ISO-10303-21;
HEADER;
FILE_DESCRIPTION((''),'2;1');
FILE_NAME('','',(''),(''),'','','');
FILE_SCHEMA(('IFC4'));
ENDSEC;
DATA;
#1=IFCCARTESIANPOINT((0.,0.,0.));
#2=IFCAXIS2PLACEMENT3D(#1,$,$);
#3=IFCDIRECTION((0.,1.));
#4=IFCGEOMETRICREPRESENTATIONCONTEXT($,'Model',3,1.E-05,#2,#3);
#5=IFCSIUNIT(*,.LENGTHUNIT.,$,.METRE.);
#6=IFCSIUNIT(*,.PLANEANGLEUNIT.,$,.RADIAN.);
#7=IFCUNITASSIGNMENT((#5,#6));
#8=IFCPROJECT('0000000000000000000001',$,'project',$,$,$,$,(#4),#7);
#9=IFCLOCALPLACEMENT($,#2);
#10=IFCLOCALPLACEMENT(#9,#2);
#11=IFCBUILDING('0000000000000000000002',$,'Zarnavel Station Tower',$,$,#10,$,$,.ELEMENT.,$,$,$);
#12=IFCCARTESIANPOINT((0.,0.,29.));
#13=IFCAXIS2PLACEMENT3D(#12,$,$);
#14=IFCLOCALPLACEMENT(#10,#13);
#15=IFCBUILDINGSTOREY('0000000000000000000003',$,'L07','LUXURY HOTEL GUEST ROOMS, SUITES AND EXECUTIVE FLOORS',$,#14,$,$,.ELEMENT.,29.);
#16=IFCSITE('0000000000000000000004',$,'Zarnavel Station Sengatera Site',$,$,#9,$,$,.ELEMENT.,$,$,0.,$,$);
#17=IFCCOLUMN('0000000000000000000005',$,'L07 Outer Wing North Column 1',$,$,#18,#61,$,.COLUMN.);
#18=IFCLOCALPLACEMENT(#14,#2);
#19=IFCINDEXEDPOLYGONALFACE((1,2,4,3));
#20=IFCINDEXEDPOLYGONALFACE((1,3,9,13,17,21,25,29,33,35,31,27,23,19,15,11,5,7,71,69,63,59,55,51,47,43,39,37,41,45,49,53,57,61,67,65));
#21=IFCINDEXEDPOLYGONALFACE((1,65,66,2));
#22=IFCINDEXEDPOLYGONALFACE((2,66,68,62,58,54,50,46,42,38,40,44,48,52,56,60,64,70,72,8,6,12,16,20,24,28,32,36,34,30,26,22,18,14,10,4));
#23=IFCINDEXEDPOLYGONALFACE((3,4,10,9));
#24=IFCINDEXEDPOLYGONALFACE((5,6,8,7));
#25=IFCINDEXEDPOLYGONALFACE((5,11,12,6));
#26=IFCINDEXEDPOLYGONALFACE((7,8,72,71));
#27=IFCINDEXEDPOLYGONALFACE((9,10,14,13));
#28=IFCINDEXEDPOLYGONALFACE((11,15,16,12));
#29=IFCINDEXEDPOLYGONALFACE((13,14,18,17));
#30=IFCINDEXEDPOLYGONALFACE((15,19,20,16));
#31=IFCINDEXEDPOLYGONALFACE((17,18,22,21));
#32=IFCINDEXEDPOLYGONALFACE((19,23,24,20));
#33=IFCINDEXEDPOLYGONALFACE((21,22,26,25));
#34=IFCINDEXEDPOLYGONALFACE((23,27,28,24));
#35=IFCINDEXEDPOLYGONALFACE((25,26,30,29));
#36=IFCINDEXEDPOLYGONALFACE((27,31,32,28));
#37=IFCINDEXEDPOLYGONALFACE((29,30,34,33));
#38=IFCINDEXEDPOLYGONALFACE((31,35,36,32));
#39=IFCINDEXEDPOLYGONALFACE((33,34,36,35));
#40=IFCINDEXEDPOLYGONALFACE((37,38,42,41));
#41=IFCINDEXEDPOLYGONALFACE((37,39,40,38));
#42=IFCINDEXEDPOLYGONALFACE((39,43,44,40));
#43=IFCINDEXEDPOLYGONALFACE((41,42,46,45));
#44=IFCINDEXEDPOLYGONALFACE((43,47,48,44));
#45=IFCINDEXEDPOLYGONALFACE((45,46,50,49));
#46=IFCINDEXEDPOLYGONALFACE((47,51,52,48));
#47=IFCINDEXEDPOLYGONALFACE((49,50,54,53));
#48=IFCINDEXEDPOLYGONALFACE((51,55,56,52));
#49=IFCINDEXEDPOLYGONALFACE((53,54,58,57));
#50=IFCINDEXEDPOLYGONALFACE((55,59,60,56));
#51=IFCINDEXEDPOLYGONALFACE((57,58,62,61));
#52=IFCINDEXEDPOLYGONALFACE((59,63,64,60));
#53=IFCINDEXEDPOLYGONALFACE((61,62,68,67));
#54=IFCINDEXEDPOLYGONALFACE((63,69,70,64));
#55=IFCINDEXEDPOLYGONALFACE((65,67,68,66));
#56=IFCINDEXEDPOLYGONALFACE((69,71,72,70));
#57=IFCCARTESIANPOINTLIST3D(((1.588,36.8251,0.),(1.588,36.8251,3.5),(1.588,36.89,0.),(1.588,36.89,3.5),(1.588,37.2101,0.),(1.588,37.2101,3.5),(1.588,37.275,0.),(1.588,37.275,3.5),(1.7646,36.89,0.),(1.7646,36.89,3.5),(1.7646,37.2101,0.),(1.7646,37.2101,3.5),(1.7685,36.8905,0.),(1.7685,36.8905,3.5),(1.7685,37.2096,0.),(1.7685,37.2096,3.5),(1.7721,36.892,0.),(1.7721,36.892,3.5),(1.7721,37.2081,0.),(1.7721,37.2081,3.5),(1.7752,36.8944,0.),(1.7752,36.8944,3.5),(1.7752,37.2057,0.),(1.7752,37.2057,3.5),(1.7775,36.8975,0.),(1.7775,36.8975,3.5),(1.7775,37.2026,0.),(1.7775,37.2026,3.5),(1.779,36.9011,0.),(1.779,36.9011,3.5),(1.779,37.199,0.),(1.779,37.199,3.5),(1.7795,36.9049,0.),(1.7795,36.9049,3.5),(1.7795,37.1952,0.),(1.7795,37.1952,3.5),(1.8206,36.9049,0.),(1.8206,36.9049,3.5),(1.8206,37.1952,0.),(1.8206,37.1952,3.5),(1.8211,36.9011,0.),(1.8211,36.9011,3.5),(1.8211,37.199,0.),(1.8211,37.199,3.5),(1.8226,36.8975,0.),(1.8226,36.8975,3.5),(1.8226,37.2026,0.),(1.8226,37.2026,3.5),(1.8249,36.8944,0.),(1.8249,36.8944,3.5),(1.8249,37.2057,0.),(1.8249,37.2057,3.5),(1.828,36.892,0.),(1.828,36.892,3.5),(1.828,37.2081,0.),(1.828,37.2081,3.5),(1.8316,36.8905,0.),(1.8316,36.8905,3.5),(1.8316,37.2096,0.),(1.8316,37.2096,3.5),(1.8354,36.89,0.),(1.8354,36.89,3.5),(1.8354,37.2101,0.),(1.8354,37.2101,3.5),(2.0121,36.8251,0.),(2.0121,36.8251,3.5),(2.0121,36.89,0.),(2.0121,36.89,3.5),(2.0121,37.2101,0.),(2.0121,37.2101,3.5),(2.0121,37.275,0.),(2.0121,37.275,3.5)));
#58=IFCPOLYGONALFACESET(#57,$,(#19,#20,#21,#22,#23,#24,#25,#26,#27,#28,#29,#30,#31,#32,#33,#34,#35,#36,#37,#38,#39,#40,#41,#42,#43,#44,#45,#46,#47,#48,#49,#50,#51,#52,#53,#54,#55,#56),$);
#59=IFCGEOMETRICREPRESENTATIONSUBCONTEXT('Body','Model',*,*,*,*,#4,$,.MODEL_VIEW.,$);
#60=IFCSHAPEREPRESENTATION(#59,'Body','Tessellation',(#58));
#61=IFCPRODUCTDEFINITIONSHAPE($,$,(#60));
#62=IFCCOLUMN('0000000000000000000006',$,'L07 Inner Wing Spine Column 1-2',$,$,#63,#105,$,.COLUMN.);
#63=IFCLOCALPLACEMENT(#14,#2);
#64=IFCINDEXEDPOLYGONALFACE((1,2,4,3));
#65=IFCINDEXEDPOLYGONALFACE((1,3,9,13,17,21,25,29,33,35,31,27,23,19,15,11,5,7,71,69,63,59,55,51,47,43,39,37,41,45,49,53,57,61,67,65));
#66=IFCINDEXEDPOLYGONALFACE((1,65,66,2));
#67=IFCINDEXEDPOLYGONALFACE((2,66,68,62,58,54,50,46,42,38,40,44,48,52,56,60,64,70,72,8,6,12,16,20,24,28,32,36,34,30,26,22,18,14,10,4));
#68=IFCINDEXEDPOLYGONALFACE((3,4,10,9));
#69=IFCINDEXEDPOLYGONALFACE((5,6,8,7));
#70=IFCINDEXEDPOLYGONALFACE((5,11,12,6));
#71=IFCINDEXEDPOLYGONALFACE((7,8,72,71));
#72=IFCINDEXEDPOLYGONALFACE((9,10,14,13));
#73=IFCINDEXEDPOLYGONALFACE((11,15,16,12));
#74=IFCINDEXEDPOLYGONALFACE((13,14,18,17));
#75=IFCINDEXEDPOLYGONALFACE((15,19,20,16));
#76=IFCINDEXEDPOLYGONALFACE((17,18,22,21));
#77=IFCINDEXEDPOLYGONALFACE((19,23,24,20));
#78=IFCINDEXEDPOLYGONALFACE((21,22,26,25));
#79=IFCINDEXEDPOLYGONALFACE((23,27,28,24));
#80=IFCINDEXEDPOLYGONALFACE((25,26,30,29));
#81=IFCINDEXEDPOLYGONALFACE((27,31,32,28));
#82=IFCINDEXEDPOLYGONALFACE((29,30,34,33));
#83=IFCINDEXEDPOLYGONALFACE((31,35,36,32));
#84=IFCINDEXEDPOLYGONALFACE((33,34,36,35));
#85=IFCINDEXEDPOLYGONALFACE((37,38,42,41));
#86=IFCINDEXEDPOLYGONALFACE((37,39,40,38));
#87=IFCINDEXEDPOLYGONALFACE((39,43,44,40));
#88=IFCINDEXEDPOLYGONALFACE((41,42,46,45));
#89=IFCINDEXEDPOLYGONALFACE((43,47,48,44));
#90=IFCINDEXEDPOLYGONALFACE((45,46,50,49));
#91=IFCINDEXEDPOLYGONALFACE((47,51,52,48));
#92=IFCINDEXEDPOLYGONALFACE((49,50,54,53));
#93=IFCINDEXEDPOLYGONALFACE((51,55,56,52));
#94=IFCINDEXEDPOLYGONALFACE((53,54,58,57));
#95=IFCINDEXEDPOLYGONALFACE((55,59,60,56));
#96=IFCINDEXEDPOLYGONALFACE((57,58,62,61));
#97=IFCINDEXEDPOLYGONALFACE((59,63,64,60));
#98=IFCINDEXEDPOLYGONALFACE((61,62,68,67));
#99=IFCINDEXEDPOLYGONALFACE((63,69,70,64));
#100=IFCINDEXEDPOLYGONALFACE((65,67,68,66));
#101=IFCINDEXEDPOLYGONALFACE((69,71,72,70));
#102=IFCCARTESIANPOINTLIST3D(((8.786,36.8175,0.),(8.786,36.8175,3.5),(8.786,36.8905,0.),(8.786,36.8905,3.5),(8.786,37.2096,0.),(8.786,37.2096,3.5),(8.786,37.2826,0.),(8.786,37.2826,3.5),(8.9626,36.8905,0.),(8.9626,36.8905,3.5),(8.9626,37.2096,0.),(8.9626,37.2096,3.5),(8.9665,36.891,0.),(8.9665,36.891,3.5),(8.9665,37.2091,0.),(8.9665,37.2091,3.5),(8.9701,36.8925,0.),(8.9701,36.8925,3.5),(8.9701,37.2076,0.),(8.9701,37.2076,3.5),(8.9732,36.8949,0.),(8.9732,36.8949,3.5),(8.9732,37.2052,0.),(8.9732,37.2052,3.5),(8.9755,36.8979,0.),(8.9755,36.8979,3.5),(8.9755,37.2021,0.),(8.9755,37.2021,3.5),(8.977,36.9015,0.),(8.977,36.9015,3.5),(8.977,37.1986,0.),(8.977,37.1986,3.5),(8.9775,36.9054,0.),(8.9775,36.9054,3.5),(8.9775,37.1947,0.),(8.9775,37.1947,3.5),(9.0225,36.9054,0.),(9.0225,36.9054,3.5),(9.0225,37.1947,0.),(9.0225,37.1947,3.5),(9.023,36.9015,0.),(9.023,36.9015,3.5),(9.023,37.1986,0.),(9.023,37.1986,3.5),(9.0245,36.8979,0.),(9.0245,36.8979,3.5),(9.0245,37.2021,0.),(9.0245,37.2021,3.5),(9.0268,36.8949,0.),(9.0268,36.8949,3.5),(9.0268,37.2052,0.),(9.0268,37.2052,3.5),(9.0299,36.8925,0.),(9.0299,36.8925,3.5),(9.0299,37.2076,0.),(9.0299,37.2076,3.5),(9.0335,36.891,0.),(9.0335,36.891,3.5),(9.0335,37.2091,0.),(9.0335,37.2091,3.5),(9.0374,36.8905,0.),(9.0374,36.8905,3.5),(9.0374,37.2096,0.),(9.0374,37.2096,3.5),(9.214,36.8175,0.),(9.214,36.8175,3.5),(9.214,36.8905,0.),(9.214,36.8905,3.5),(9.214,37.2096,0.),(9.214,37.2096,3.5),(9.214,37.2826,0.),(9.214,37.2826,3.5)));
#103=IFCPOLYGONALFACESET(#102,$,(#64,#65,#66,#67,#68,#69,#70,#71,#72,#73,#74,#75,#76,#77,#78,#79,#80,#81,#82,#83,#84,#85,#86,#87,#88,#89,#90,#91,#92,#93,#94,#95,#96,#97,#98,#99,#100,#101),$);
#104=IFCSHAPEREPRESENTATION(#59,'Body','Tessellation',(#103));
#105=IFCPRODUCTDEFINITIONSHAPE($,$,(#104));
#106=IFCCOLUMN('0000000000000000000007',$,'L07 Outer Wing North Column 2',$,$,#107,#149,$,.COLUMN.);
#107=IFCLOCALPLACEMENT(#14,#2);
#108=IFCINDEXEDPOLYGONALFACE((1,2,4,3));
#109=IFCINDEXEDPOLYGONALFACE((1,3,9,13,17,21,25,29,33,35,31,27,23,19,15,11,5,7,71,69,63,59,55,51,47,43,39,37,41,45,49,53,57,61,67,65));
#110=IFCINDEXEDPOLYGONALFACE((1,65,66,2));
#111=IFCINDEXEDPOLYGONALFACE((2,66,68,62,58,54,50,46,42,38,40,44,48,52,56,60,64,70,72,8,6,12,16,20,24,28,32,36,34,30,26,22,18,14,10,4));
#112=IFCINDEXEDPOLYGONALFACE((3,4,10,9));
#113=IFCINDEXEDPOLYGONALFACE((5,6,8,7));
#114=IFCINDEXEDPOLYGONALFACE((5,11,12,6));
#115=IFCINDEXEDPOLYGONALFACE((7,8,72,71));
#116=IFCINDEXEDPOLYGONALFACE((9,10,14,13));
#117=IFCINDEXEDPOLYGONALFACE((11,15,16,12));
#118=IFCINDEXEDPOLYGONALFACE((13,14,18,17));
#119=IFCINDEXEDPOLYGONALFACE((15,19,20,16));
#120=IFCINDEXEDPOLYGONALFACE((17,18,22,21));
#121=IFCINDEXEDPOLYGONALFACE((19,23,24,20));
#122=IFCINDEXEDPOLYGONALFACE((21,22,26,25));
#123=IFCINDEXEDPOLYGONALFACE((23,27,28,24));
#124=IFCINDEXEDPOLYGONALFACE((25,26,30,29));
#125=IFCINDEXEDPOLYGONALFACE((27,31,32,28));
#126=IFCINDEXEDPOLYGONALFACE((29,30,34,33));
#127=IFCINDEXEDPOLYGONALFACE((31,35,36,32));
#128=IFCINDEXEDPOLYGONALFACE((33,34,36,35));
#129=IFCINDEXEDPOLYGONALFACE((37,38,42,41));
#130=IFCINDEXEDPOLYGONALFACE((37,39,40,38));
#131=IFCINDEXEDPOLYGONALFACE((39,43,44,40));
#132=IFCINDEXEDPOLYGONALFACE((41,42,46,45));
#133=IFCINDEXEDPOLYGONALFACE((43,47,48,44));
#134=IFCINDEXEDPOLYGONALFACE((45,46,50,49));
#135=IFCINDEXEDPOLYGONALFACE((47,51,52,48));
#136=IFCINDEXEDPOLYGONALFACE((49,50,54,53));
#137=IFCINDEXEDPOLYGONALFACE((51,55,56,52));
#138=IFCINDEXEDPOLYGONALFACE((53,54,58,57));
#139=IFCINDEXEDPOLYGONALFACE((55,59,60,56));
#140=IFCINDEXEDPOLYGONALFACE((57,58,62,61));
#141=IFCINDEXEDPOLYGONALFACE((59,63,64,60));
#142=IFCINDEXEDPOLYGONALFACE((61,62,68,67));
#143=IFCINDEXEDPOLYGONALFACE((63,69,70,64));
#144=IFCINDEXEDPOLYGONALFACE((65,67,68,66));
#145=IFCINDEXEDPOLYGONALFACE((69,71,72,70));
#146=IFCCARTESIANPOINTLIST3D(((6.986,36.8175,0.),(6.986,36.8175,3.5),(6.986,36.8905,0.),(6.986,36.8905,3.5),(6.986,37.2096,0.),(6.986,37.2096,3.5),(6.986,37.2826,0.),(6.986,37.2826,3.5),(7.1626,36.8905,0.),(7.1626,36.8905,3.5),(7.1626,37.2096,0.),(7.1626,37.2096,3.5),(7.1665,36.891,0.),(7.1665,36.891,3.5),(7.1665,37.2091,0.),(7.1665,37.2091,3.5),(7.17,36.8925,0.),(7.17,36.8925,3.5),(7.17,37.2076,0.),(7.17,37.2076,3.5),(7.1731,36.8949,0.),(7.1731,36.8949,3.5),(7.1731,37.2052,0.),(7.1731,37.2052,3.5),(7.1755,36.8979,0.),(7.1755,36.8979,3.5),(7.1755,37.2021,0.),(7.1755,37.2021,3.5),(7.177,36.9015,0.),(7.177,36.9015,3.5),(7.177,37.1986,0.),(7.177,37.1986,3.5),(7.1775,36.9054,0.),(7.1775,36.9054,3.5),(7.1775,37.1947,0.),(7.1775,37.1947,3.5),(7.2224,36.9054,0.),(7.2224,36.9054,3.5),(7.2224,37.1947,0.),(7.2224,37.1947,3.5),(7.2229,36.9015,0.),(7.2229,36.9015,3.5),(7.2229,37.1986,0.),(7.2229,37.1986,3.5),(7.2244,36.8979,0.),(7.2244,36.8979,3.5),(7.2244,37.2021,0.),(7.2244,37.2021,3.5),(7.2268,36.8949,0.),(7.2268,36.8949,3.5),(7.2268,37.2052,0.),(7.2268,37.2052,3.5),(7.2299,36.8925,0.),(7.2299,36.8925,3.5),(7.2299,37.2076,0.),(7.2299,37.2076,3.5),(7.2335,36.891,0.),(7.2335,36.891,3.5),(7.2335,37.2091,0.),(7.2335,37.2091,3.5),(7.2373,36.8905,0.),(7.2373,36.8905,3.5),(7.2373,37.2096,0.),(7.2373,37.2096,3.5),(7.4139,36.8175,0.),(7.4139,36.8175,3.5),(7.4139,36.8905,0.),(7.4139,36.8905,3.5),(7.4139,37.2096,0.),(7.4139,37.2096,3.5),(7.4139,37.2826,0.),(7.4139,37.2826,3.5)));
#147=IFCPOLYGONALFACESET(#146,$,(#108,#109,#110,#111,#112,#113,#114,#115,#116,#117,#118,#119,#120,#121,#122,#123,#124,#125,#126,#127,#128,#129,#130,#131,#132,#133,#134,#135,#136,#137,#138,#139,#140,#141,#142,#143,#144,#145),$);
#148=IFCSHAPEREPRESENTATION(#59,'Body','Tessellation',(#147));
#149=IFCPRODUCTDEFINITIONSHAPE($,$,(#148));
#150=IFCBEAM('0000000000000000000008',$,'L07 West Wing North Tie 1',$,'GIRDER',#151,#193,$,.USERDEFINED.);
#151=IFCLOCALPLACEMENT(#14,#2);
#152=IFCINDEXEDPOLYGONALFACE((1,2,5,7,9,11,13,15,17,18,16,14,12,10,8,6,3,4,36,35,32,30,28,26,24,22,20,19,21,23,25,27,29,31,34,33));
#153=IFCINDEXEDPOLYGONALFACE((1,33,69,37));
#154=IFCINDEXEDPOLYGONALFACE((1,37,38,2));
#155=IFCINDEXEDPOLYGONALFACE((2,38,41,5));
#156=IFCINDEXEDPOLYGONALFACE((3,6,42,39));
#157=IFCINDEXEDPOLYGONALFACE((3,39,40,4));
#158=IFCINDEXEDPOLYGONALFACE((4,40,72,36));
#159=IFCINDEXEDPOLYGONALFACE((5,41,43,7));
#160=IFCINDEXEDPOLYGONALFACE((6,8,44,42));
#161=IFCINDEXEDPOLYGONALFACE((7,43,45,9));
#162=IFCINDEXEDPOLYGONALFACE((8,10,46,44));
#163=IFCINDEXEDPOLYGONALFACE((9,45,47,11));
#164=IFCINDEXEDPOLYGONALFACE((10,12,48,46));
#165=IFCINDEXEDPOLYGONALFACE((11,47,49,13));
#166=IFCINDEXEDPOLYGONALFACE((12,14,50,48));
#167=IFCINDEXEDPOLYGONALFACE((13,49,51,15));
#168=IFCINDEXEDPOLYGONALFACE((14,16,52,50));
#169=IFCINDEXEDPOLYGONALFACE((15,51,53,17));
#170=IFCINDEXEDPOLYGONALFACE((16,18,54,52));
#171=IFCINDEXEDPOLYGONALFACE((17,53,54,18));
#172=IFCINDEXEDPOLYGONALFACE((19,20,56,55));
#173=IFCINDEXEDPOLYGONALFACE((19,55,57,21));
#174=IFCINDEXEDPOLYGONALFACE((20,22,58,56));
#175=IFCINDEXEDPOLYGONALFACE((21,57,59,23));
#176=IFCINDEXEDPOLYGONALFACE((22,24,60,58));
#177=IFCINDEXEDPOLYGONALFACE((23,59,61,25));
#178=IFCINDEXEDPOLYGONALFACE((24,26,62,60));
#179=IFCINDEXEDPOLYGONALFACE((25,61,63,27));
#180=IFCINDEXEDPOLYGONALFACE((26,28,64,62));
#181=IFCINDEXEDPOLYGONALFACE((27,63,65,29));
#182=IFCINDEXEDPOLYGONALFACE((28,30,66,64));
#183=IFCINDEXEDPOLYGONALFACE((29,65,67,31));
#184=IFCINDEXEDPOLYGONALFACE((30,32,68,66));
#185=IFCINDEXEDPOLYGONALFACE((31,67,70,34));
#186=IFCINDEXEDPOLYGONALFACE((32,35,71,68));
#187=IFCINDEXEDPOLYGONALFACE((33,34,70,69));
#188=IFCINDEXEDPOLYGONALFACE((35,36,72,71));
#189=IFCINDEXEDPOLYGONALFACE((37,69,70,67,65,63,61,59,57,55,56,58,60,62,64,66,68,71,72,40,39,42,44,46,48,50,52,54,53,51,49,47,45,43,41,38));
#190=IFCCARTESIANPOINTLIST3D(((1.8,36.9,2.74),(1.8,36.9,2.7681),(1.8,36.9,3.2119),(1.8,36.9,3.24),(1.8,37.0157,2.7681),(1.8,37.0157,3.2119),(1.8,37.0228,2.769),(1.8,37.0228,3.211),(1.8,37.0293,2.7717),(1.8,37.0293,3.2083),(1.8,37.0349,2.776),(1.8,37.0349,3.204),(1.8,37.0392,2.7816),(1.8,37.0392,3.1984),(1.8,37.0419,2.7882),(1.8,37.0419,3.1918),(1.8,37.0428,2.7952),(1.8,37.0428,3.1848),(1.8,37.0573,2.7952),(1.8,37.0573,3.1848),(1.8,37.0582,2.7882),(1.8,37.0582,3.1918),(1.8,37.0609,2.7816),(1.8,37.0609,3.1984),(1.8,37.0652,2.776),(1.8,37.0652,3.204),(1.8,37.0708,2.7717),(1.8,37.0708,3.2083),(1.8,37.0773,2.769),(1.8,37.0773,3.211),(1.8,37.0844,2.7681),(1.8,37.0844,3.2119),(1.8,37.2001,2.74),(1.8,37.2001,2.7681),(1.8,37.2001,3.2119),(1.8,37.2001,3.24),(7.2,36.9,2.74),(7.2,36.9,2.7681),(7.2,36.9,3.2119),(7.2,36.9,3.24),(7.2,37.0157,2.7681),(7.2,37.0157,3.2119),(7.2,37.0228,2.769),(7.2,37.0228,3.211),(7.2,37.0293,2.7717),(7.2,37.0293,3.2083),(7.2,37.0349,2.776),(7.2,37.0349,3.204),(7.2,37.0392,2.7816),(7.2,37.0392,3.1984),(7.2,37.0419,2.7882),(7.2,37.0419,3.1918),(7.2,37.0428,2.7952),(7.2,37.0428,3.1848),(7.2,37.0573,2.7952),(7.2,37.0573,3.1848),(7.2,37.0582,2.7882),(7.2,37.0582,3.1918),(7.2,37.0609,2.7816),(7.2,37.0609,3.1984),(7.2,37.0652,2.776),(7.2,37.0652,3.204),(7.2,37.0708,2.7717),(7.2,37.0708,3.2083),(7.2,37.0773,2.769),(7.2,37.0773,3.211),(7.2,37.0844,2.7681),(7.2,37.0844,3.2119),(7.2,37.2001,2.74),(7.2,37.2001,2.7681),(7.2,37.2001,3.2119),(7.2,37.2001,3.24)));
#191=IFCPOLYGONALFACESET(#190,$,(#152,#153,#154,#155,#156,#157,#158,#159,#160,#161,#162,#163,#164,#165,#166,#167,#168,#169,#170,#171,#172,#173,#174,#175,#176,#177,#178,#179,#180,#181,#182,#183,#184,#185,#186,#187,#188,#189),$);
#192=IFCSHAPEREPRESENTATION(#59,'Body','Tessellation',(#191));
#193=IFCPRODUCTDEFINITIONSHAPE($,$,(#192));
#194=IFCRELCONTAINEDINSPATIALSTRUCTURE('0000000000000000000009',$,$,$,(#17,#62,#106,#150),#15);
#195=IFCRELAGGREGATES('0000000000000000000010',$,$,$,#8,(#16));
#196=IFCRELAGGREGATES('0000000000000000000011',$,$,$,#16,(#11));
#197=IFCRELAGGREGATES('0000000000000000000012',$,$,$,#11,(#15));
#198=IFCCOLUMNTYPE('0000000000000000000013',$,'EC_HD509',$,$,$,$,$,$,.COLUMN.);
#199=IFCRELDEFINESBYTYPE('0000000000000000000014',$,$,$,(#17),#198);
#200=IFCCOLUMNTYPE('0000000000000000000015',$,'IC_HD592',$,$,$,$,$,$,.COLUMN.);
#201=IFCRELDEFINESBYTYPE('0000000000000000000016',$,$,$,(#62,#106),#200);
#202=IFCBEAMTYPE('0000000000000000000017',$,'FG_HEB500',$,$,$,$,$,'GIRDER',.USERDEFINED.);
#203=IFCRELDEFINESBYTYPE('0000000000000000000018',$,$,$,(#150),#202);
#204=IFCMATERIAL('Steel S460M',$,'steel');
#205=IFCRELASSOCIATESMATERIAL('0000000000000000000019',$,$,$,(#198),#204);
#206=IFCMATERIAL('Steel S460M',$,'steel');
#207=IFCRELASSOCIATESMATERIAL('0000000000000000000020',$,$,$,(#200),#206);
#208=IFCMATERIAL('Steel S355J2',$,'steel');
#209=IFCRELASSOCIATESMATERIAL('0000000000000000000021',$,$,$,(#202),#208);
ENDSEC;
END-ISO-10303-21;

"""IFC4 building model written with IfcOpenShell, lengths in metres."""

from ifc_helpers import new_model, si_unit, direction, frame, origin, origin_2d, place, context, subcontext, project, spatial, i_section, extrude, material, material_profile, profile_set, type_object, element, save


model = new_model("IFC4")

# Units and contexts
model_context = context("Model", 3, precision=1e-05, world=origin(), true_north=direction((0.0, 1.0)))
body_context = subcontext(model_context, "Body", "Model", "MODEL_VIEW")
ifc_project = project(units=[si_unit("LENGTHUNIT", "METRE"), si_unit("PLANEANGLEUNIT", "RADIAN")], contexts=[model_context])

# Site, building, storey
site_placement = place(None, origin())
site = spatial("IfcSite", under=ifc_project, at=site_placement, Name="Zarnavel Station Sengatera Site", CompositionType="ELEMENT", RefElevation=0.0)
building_placement = place(site_placement, origin())
building = spatial("IfcBuilding", under=site, at=building_placement, Name="Zarnavel Station Tower", CompositionType="ELEMENT")
storey_placement = place(building_placement, frame((0.0, 0.0, 29.0)))
storey = spatial("IfcBuildingStorey", under=building, at=storey_placement, Name="L07", Description="LUXURY HOTEL GUEST ROOMS, SUITES AND EXECUTIVE FLOORS", CompositionType="ELEMENT", Elevation=29.0)

# Columns
ifc_material_1 = material(Name="Steel S460M", Category="steel")
ifc_material_profile_1 = material_profile(ifc_material_1, i_section(OverallWidth=0.4241, OverallDepth=0.45, WebThickness=0.041, FlangeThickness=0.0649, FilletRadius=0.0149, at=origin_2d()), Name="HD400x509")
ifc_profile_set_1 = profile_set([ifc_material_profile_1], Name="Steel S460M")
column_type_1 = type_object("IfcColumnType", Name="EC_HD509", PredefinedType="COLUMN", material=ifc_profile_set_1)
column_placement = place(storey_placement, frame((1.8, 37.05, 0.0), z_axis=(0.0, 0.0, 1.0), x_axis=(1.0, 0.0, 0.0)))
element("IfcColumn", 1, at=column_placement, inside=storey, type_object=column_type_1, Name="L07 Outer Wing North Column 1", PredefinedType="COLUMN", context=body_context, shape_type="SweptSolid", body=[
    extrude(i_section(OverallWidth=0.4241, OverallDepth=0.45, WebThickness=0.041, FlangeThickness=0.0649, FilletRadius=0.0149, at=origin_2d()), origin(), (0.0, 0.0, 1.0), 3.5),
])
ifc_material_2 = material(Name="Steel S460M", Category="steel")
ifc_material_profile_2 = material_profile(ifc_material_2, i_section(OverallWidth=0.428, OverallDepth=0.4651, WebThickness=0.0449, FlangeThickness=0.073, FilletRadius=0.0149, at=origin_2d()), Name="HD400x592")
ifc_profile_set_2 = profile_set([ifc_material_profile_2], Name="Steel S460M")
column_type_2 = type_object("IfcColumnType", Name="IC_HD592", PredefinedType="COLUMN", material=ifc_profile_set_2)
for number, where, z_axis, x_axis, name in (
    (2, (9.0, 37.05, 0.0), (0.0, 0.0, 1.0), (1.0, 0.0, 0.0), "L07 Inner Wing Spine Column 1-2"),
    (3, (7.2, 37.05, 0.0), (0.0, 0.0, 1.0), (1.0, 0.0, 0.0), "L07 Outer Wing North Column 2"),
):
    element("IfcColumn", number, at=place(storey_placement, frame(where, z_axis=z_axis, x_axis=x_axis)), inside=storey, type_object=column_type_2, Name=name, PredefinedType="COLUMN", context=body_context, shape_type="SweptSolid", body=[
        extrude(i_section(OverallWidth=0.428, OverallDepth=0.4651, WebThickness=0.0449, FlangeThickness=0.073, FilletRadius=0.0149, at=origin_2d()), origin(), (0.0, 0.0, 1.0), 3.5),
    ])

# Beam
ifc_material_3 = material(Name="Steel S355J2", Category="steel")
ifc_material_profile_3 = material_profile(ifc_material_3, i_section(OverallWidth=0.3, OverallDepth=0.5, WebThickness=0.0144, FlangeThickness=0.0281, FilletRadius=0.0271, at=origin_2d()), Name="HEB500")
ifc_profile_set_3 = profile_set([ifc_material_profile_3], Name="Steel S355J2")
beam_type = type_object("IfcBeamType", Name="FG_HEB500", ElementType="GIRDER", PredefinedType="USERDEFINED", material=ifc_profile_set_3)
beam_1_placement = place(storey_placement, frame((1.8, 37.05, 2.99), z_axis=(1.0, 0.0, 0.0), x_axis=(0.0, 1.0, 0.0)))
element("IfcBeam", 4, at=beam_1_placement, inside=storey, type_object=beam_type, Name="L07 West Wing North Tie 1", ObjectType="GIRDER", PredefinedType="USERDEFINED", context=body_context, shape_type="SweptSolid", body=[
    extrude(i_section(OverallWidth=0.3, OverallDepth=0.5, WebThickness=0.0144, FlangeThickness=0.0281, FilletRadius=0.0271, at=origin_2d()), origin(), (0.0, 0.0, 1.0), 5.3999),
])

save(model, "model.ifc")
